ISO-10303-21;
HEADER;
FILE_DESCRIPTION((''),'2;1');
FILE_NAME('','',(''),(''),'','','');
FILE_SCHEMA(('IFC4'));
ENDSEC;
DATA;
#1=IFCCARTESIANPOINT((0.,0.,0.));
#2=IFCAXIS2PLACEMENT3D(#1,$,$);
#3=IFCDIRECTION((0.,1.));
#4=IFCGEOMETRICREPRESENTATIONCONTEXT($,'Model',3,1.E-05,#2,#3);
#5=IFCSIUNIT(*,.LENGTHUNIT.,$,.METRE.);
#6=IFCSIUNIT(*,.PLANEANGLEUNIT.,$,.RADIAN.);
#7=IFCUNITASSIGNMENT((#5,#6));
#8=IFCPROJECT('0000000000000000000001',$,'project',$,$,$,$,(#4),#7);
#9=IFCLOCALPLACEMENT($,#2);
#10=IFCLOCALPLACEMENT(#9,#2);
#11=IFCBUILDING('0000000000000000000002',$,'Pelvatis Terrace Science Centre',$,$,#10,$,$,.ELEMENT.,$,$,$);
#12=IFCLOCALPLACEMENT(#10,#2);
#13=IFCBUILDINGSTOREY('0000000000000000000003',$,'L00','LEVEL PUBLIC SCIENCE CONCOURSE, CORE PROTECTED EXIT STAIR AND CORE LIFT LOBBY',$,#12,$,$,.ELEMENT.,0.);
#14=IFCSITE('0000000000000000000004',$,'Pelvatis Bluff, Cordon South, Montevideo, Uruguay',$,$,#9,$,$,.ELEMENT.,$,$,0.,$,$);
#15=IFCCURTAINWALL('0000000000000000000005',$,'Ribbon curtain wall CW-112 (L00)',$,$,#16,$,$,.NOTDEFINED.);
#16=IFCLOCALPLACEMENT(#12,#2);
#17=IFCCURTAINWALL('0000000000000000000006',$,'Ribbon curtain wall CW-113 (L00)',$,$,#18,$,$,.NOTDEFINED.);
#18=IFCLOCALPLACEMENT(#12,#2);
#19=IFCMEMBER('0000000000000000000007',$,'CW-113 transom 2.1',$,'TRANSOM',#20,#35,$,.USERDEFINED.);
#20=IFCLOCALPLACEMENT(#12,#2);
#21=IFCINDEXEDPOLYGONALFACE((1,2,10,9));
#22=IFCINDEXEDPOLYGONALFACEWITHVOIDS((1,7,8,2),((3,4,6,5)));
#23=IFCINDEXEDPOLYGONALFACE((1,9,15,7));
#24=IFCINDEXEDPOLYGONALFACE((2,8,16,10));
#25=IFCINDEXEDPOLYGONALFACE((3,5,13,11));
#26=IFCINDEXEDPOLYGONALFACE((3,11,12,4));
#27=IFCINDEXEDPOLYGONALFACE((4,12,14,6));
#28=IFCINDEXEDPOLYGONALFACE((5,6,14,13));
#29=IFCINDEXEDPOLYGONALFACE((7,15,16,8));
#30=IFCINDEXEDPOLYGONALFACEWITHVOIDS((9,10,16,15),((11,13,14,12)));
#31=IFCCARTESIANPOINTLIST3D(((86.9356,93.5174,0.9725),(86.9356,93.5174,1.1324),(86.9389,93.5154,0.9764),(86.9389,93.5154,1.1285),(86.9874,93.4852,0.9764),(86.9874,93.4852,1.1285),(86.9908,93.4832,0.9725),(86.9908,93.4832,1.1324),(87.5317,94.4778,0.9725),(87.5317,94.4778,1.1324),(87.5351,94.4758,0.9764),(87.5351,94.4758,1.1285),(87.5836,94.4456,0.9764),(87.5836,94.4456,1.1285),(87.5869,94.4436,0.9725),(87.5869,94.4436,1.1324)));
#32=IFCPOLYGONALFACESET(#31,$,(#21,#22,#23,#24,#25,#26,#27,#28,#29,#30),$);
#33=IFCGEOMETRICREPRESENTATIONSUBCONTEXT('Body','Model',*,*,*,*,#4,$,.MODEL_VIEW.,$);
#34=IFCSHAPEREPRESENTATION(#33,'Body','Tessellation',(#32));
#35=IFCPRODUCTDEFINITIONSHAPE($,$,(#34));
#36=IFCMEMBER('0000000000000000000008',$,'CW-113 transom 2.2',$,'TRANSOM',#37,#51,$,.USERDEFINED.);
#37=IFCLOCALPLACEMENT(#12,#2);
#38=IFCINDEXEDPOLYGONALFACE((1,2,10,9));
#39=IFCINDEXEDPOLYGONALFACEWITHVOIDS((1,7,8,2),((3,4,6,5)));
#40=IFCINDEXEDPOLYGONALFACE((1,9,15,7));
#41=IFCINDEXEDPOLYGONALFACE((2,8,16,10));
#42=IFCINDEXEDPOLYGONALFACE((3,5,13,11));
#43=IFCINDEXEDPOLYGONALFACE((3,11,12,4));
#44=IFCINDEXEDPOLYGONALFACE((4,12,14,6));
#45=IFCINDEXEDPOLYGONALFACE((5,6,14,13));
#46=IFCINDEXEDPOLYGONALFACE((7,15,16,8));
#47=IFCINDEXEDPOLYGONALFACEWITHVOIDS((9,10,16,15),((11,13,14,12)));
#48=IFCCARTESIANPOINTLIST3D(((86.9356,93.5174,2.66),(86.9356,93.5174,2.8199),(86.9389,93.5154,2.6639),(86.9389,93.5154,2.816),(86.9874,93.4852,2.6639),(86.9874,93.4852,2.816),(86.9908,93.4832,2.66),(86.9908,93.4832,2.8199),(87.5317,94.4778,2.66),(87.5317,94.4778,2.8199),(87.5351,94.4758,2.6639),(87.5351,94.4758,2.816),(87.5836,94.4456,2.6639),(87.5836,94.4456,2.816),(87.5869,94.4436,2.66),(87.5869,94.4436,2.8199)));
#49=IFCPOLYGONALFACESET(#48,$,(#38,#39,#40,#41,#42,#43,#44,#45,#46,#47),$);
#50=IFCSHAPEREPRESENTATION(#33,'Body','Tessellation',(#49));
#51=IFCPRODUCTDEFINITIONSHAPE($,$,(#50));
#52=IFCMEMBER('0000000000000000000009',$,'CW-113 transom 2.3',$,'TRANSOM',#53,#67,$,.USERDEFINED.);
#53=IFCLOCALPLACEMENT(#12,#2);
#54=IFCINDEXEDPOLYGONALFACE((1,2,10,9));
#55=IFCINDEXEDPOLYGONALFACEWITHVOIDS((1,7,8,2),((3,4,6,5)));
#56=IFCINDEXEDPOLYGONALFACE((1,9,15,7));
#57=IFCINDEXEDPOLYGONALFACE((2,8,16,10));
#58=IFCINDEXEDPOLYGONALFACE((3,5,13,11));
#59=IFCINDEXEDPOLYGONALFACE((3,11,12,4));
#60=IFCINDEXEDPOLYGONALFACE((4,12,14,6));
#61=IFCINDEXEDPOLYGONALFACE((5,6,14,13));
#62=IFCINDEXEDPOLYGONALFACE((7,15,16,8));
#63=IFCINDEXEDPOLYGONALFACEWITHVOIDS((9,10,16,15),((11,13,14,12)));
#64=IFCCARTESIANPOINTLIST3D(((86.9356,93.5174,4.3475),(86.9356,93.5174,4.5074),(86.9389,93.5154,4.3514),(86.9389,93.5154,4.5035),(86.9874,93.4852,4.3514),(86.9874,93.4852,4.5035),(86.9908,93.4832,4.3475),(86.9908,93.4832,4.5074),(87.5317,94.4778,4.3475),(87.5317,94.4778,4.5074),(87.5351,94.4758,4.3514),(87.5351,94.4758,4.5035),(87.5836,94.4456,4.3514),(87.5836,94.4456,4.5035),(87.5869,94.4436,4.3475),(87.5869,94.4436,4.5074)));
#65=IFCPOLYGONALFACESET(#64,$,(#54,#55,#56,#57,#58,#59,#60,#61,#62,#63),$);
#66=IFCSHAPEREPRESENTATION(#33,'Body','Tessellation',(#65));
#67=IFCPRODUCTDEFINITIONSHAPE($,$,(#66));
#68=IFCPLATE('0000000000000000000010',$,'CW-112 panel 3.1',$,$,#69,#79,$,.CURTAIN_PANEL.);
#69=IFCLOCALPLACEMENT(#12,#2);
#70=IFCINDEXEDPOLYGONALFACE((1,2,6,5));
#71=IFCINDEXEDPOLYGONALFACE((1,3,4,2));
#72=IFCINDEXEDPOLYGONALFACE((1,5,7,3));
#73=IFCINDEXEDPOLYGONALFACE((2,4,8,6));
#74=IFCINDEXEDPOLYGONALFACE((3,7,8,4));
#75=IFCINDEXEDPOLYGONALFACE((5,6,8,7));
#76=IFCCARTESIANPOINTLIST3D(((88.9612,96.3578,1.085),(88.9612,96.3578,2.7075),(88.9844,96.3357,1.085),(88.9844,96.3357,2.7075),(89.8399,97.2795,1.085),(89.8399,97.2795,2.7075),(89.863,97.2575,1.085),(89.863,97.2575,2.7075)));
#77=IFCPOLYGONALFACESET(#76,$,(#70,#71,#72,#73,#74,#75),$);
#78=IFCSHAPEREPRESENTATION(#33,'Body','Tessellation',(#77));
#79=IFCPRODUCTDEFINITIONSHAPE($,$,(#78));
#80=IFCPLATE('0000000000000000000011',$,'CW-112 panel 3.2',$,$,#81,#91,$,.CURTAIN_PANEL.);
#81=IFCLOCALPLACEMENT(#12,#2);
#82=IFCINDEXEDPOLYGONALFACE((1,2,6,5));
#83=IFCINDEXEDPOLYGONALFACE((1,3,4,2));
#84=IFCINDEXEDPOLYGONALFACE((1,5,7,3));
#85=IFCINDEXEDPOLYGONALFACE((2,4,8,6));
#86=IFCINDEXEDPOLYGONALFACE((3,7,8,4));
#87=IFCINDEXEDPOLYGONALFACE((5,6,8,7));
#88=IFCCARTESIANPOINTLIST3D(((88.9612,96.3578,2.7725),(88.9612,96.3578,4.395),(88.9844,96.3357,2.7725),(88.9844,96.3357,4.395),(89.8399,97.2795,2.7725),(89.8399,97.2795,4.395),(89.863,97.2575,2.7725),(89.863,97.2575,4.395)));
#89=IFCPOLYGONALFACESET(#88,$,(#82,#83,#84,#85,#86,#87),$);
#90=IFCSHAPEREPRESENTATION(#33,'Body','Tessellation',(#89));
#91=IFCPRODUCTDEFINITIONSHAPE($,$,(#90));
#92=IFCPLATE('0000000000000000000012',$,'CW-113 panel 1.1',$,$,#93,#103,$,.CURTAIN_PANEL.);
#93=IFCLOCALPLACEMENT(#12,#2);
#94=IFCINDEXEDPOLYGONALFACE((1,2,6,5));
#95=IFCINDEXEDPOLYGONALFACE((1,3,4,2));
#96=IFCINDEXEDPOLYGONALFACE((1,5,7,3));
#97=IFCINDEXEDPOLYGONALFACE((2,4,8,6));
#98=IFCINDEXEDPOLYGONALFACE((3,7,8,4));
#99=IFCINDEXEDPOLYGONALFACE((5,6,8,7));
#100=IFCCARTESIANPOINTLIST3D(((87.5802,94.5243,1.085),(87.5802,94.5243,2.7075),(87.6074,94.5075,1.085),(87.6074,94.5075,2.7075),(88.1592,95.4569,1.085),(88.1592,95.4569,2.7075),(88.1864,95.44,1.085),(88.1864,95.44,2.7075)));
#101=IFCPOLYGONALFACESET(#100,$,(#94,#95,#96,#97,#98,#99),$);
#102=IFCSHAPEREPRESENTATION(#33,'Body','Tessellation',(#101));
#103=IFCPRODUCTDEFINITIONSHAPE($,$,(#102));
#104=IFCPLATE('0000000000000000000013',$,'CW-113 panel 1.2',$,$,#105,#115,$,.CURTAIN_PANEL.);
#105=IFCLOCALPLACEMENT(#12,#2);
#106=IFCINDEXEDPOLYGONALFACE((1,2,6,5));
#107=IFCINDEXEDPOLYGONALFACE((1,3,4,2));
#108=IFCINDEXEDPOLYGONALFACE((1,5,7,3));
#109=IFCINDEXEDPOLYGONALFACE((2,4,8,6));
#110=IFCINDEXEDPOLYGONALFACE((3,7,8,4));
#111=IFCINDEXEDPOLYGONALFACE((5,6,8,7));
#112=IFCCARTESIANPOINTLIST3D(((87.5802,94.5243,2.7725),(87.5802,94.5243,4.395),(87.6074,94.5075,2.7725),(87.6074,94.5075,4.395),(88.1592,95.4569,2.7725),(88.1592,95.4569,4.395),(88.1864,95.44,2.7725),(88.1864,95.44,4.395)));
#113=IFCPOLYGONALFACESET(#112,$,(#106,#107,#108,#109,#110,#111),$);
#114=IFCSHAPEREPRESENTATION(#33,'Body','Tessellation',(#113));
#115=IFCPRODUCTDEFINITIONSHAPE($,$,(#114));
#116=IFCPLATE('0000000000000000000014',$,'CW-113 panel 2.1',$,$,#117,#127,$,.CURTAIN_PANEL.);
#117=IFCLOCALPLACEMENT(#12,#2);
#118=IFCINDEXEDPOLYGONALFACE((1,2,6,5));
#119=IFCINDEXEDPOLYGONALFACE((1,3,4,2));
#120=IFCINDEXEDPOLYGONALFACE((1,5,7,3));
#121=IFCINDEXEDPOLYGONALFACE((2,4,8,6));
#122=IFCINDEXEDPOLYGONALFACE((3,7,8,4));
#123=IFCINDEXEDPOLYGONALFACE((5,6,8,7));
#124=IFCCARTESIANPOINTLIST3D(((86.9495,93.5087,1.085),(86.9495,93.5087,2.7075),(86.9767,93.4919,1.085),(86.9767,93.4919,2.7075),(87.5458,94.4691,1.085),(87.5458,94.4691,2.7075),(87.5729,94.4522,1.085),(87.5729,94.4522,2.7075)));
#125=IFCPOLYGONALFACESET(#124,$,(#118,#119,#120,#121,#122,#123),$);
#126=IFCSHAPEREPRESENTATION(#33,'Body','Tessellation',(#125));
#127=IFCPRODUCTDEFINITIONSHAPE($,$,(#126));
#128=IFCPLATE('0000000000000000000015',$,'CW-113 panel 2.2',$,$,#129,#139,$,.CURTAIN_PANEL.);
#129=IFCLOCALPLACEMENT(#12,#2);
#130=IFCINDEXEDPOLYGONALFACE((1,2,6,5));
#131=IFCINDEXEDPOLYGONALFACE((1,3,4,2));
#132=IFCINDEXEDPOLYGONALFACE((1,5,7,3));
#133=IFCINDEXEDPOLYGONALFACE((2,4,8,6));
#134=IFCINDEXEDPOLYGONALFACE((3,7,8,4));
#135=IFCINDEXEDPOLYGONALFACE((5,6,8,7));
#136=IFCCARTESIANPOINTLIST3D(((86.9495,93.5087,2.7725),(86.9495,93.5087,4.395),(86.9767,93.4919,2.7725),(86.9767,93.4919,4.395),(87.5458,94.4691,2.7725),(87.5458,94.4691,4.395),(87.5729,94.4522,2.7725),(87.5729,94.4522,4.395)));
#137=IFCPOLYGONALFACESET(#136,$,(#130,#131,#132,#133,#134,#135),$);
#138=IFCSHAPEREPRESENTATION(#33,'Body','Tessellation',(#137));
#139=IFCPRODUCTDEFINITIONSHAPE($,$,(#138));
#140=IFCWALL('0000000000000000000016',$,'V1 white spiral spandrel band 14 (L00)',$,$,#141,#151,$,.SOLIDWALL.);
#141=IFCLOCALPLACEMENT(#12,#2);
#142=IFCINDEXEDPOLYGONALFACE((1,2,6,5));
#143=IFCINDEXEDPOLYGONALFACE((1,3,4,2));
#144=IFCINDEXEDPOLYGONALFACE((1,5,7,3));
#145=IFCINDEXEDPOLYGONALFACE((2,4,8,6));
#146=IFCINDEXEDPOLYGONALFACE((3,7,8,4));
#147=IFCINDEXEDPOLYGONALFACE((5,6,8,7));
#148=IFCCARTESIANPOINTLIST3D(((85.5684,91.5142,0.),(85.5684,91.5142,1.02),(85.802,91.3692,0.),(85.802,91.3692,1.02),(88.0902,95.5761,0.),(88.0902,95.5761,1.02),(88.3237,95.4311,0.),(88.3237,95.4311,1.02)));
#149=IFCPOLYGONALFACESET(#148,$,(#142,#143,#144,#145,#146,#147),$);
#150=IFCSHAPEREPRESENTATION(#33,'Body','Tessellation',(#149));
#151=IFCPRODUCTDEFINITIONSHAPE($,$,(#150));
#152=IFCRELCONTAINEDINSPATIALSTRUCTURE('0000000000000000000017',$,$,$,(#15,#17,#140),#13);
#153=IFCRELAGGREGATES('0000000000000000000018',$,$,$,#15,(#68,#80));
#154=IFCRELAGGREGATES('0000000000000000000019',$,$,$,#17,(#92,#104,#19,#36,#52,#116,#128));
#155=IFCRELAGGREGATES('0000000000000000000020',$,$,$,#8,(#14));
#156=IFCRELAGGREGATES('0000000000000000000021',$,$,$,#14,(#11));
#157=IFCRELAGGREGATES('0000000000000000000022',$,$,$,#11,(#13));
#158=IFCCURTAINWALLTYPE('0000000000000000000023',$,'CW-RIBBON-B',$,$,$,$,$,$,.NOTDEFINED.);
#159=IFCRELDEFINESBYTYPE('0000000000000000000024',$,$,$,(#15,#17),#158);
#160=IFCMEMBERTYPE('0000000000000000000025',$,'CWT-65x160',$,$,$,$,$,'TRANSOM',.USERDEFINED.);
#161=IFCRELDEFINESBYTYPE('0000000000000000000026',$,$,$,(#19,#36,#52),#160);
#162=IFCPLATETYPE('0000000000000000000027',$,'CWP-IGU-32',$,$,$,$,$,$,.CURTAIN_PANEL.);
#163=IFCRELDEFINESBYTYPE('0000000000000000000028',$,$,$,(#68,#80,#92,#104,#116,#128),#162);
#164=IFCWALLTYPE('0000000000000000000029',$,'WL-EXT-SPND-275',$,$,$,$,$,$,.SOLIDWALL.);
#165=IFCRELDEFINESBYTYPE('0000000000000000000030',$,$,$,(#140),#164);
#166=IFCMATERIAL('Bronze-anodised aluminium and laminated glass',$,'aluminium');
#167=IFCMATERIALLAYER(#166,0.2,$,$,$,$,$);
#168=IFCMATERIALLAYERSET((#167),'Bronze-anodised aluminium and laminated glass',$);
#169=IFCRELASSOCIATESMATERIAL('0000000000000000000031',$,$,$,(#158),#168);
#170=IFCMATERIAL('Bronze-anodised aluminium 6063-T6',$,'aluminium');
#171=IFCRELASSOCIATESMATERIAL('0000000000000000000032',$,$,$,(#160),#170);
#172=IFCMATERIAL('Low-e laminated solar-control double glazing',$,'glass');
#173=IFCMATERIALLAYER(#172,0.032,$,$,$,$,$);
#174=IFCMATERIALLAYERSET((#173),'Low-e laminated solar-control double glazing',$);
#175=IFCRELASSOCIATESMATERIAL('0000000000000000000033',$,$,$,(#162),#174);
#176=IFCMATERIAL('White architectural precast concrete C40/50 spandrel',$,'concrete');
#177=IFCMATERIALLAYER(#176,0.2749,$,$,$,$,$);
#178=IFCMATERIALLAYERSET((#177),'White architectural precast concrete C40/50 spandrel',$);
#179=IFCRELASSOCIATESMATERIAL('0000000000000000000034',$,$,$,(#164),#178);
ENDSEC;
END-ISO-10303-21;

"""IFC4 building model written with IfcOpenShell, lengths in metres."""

from ifc_helpers import new_model, si_unit, direction, frame, frame_2d, origin, origin_2d, place, context, subcontext, project, spatial, rectangle, hollow_rectangle, extrude, material, layer, layer_set, material_profile, profile_set, type_object, element, aggregate, save


model = new_model("IFC4")

# Units and contexts
model_context = context("Model", 3, precision=1e-05, world=origin(), true_north=direction((0.0, 1.0)))
body_context = subcontext(model_context, "Body", "Model", "MODEL_VIEW")
ifc_project = project(units=[si_unit("LENGTHUNIT", "METRE"), si_unit("PLANEANGLEUNIT", "RADIAN")], contexts=[model_context])

# Site, building, storey
site_placement = place(None, origin())
site = spatial("IfcSite", under=ifc_project, at=site_placement, Name="Pelvatis Bluff, Cordon South, Montevideo, Uruguay", CompositionType="ELEMENT", RefElevation=0.0)
building_placement = place(site_placement, origin())
building = spatial("IfcBuilding", under=site, at=building_placement, Name="Pelvatis Terrace Science Centre", CompositionType="ELEMENT")
storey_placement = place(building_placement, origin())
storey = spatial("IfcBuildingStorey", under=building, at=storey_placement, Name="L00", Description="LEVEL PUBLIC SCIENCE CONCOURSE, CORE PROTECTED EXIT STAIR AND CORE LIFT LOBBY", CompositionType="ELEMENT", Elevation=0.0)

# Curtain wall
ifc_material_1 = material(Name="Bronze-anodised aluminium and laminated glass", Category="aluminium")
ifc_layer_1 = layer(ifc_material_1, 0.2)
ifc_layer_set_1 = layer_set([ifc_layer_1], Name="Bronze-anodised aluminium and laminated glass")
curtain_wall_type = type_object("IfcCurtainWallType", Name="CW-RIBBON-B", PredefinedType="NOTDEFINED", material=ifc_layer_set_1)
curtain_wall_1_placement = place(storey_placement, origin())
curtain_wall_1 = element("IfcCurtainWall", 1, at=curtain_wall_1_placement, inside=storey, type_object=curtain_wall_type, Name="Ribbon curtain wall CW-112 (L00)", PredefinedType="NOTDEFINED")

# Curtain wall
curtain_wall_2_placement = place(storey_placement, origin())
curtain_wall_2 = element("IfcCurtainWall", 2, at=curtain_wall_2_placement, inside=storey, type_object=curtain_wall_type, Name="Ribbon curtain wall CW-113 (L00)", PredefinedType="NOTDEFINED")

# Members
ifc_material_2 = material(Name="Bronze-anodised aluminium 6063-T6", Category="aluminium")
ifc_material_profile_1 = material_profile(ifc_material_2, hollow_rectangle(XDim=0.0649, YDim=0.1599, WallThickness=0.0039, at=origin_2d()), Name="ALU-TRN 65x160")
ifc_profile_set_1 = profile_set([ifc_material_profile_1], Name="Bronze-anodised aluminium 6063-T6")
member_type_1 = type_object("IfcMemberType", Name="CWT-65x160", ElementType="TRANSOM", PredefinedType="USERDEFINED", material=ifc_profile_set_1)
member_1_placement = place(storey_placement, frame((87.5593, 94.4607, 1.0525), z_axis=(-0.527395, -0.84962, 0.0), x_axis=(0.84962, -0.527395, 0.0)))
member_1 = element("IfcMember", 3, at=member_1_placement, type_object=member_type_1, Name="CW-113 transom 2.1", ObjectType="TRANSOM", PredefinedType="USERDEFINED", context=body_context, shape_type="SweptSolid", body=[
    extrude(hollow_rectangle(XDim=0.0649, YDim=0.1599, WallThickness=0.0039, at=origin_2d()), origin(), (0.0, 0.0, 1.0), 1.1304),
])
member_2_placement = place(storey_placement, frame((87.5593, 94.4607, 2.74), z_axis=(-0.527395, -0.84962, 0.0), x_axis=(0.84962, -0.527395, 0.0)))
member_2 = element("IfcMember", 4, at=member_2_placement, type_object=member_type_1, Name="CW-113 transom 2.2", ObjectType="TRANSOM", PredefinedType="USERDEFINED", context=body_context, shape_type="SweptSolid", body=[
    extrude(hollow_rectangle(XDim=0.0649, YDim=0.1599, WallThickness=0.0039, at=origin_2d()), origin(), (0.0, 0.0, 1.0), 1.1304),
])
member_3_placement = place(storey_placement, frame((87.5593, 94.4607, 4.4275), z_axis=(-0.527395, -0.84962, 0.0), x_axis=(0.84962, -0.527395, 0.0)))
member_3 = element("IfcMember", 5, at=member_3_placement, type_object=member_type_1, Name="CW-113 transom 2.3", ObjectType="TRANSOM", PredefinedType="USERDEFINED", context=body_context, shape_type="SweptSolid", body=[
    extrude(hollow_rectangle(XDim=0.0649, YDim=0.1599, WallThickness=0.0039, at=origin_2d()), origin(), (0.0, 0.0, 1.0), 1.1304),
])

# Plates
ifc_material_3 = material(Name="Low-e laminated solar-control double glazing", Category="glass")
ifc_layer_2 = layer(ifc_material_3, 0.032)
ifc_layer_set_2 = layer_set([ifc_layer_2], Name="Low-e laminated solar-control double glazing")
plate_type = type_object("IfcPlateType", Name="CWP-IGU-32", PredefinedType="CURTAIN_PANEL", material=ifc_layer_set_2)
plate_1_placement = place(storey_placement, frame((89.4121, 96.8076, 1.085), z_axis=(0.0, 0.0, 1.0), x_axis=(-0.689969, -0.723839, 0.0)))
plate_1 = element("IfcPlate", 6, at=plate_1_placement, type_object=plate_type, Name="CW-112 panel 3.1", PredefinedType="CURTAIN_PANEL", context=body_context, shape_type="SweptSolid", body=[
    extrude(rectangle(XDim=1.2734, YDim=0.032, at=origin_2d()), origin(), (0.0, 0.0, 1.0), 1.6226),
])
plate_2_placement = place(storey_placement, frame((89.4121, 96.8076, 2.7725), z_axis=(0.0, 0.0, 1.0), x_axis=(-0.689969, -0.723839, 0.0)))
plate_2 = element("IfcPlate", 7, at=plate_2_placement, type_object=plate_type, Name="CW-112 panel 3.2", PredefinedType="CURTAIN_PANEL", context=body_context, shape_type="SweptSolid", body=[
    extrude(rectangle(XDim=1.2734, YDim=0.032, at=origin_2d()), origin(), (0.0, 0.0, 1.0), 1.6226),
])
aggregate(curtain_wall_1, [plate_1, plate_2])
plate_3_placement = place(storey_placement, frame((87.8833, 94.9822, 1.085), z_axis=(0.0, 0.0, 1.0), x_axis=(-0.527457, -0.849582, 0.0)))
plate_3 = element("IfcPlate", 8, at=plate_3_placement, type_object=plate_type, Name="CW-113 panel 1.1", PredefinedType="CURTAIN_PANEL", context=body_context, shape_type="SweptSolid", body=[
    extrude(rectangle(XDim=1.0977, YDim=0.032, at=origin_2d()), origin(), (0.0, 0.0, 1.0), 1.6226),
])
plate_4_placement = place(storey_placement, frame((87.8833, 94.9822, 2.7725), z_axis=(0.0, 0.0, 1.0), x_axis=(-0.527457, -0.849582, 0.0)))
plate_4 = element("IfcPlate", 9, at=plate_4_placement, type_object=plate_type, Name="CW-113 panel 1.2", PredefinedType="CURTAIN_PANEL", context=body_context, shape_type="SweptSolid", body=[
    extrude(rectangle(XDim=1.0977, YDim=0.032, at=origin_2d()), origin(), (0.0, 0.0, 1.0), 1.6226),
])
plate_5_placement = place(storey_placement, frame((87.2612, 93.9805, 1.085), z_axis=(0.0, 0.0, 1.0), x_axis=(-0.527457, -0.849582, 0.0)))
plate_5 = element("IfcPlate", 10, at=plate_5_placement, type_object=plate_type, Name="CW-113 panel 2.1", PredefinedType="CURTAIN_PANEL", context=body_context, shape_type="SweptSolid", body=[
    extrude(rectangle(XDim=1.1304, YDim=0.032, at=origin_2d()), origin(), (0.0, 0.0, 1.0), 1.6226),
])
plate_6_placement = place(storey_placement, frame((87.2612, 93.9805, 2.7725), z_axis=(0.0, 0.0, 1.0), x_axis=(-0.527457, -0.849582, 0.0)))
plate_6 = element("IfcPlate", 11, at=plate_6_placement, type_object=plate_type, Name="CW-113 panel 2.2", PredefinedType="CURTAIN_PANEL", context=body_context, shape_type="SweptSolid", body=[
    extrude(rectangle(XDim=1.1304, YDim=0.032, at=origin_2d()), origin(), (0.0, 0.0, 1.0), 1.6226),
])
aggregate(curtain_wall_2, [plate_3, plate_4, member_1, member_2, member_3, plate_5, plate_6])

# Wall
ifc_material_4 = material(Name="White architectural precast concrete C40/50 spandrel", Category="concrete")
ifc_layer_3 = layer(ifc_material_4, 0.2749)
ifc_layer_set_3 = layer_set([ifc_layer_3], Name="White architectural precast concrete C40/50 spandrel")
wall_type = type_object("IfcWallType", Name="WL-EXT-SPND-275", PredefinedType="SOLIDWALL", material=ifc_layer_set_3)
wall_placement = place(storey_placement, frame((88.207, 95.5037, 0.0), z_axis=(0.0, 0.0, 1.0), x_axis=(-0.527458, -0.849581, 0.0)))
element("IfcWall", 12, at=wall_placement, inside=storey, type_object=wall_type, Name="V1 white spiral spandrel band 14 (L00)", PredefinedType="SOLIDWALL", context=body_context, shape_type="SweptSolid", body=[
    extrude(rectangle(XDim=4.781, YDim=0.2749, at=frame_2d((2.3906, 0.0))), origin(), (0.0, 0.0, 1.0), 1.02),
])

save(model, "model.ifc")
